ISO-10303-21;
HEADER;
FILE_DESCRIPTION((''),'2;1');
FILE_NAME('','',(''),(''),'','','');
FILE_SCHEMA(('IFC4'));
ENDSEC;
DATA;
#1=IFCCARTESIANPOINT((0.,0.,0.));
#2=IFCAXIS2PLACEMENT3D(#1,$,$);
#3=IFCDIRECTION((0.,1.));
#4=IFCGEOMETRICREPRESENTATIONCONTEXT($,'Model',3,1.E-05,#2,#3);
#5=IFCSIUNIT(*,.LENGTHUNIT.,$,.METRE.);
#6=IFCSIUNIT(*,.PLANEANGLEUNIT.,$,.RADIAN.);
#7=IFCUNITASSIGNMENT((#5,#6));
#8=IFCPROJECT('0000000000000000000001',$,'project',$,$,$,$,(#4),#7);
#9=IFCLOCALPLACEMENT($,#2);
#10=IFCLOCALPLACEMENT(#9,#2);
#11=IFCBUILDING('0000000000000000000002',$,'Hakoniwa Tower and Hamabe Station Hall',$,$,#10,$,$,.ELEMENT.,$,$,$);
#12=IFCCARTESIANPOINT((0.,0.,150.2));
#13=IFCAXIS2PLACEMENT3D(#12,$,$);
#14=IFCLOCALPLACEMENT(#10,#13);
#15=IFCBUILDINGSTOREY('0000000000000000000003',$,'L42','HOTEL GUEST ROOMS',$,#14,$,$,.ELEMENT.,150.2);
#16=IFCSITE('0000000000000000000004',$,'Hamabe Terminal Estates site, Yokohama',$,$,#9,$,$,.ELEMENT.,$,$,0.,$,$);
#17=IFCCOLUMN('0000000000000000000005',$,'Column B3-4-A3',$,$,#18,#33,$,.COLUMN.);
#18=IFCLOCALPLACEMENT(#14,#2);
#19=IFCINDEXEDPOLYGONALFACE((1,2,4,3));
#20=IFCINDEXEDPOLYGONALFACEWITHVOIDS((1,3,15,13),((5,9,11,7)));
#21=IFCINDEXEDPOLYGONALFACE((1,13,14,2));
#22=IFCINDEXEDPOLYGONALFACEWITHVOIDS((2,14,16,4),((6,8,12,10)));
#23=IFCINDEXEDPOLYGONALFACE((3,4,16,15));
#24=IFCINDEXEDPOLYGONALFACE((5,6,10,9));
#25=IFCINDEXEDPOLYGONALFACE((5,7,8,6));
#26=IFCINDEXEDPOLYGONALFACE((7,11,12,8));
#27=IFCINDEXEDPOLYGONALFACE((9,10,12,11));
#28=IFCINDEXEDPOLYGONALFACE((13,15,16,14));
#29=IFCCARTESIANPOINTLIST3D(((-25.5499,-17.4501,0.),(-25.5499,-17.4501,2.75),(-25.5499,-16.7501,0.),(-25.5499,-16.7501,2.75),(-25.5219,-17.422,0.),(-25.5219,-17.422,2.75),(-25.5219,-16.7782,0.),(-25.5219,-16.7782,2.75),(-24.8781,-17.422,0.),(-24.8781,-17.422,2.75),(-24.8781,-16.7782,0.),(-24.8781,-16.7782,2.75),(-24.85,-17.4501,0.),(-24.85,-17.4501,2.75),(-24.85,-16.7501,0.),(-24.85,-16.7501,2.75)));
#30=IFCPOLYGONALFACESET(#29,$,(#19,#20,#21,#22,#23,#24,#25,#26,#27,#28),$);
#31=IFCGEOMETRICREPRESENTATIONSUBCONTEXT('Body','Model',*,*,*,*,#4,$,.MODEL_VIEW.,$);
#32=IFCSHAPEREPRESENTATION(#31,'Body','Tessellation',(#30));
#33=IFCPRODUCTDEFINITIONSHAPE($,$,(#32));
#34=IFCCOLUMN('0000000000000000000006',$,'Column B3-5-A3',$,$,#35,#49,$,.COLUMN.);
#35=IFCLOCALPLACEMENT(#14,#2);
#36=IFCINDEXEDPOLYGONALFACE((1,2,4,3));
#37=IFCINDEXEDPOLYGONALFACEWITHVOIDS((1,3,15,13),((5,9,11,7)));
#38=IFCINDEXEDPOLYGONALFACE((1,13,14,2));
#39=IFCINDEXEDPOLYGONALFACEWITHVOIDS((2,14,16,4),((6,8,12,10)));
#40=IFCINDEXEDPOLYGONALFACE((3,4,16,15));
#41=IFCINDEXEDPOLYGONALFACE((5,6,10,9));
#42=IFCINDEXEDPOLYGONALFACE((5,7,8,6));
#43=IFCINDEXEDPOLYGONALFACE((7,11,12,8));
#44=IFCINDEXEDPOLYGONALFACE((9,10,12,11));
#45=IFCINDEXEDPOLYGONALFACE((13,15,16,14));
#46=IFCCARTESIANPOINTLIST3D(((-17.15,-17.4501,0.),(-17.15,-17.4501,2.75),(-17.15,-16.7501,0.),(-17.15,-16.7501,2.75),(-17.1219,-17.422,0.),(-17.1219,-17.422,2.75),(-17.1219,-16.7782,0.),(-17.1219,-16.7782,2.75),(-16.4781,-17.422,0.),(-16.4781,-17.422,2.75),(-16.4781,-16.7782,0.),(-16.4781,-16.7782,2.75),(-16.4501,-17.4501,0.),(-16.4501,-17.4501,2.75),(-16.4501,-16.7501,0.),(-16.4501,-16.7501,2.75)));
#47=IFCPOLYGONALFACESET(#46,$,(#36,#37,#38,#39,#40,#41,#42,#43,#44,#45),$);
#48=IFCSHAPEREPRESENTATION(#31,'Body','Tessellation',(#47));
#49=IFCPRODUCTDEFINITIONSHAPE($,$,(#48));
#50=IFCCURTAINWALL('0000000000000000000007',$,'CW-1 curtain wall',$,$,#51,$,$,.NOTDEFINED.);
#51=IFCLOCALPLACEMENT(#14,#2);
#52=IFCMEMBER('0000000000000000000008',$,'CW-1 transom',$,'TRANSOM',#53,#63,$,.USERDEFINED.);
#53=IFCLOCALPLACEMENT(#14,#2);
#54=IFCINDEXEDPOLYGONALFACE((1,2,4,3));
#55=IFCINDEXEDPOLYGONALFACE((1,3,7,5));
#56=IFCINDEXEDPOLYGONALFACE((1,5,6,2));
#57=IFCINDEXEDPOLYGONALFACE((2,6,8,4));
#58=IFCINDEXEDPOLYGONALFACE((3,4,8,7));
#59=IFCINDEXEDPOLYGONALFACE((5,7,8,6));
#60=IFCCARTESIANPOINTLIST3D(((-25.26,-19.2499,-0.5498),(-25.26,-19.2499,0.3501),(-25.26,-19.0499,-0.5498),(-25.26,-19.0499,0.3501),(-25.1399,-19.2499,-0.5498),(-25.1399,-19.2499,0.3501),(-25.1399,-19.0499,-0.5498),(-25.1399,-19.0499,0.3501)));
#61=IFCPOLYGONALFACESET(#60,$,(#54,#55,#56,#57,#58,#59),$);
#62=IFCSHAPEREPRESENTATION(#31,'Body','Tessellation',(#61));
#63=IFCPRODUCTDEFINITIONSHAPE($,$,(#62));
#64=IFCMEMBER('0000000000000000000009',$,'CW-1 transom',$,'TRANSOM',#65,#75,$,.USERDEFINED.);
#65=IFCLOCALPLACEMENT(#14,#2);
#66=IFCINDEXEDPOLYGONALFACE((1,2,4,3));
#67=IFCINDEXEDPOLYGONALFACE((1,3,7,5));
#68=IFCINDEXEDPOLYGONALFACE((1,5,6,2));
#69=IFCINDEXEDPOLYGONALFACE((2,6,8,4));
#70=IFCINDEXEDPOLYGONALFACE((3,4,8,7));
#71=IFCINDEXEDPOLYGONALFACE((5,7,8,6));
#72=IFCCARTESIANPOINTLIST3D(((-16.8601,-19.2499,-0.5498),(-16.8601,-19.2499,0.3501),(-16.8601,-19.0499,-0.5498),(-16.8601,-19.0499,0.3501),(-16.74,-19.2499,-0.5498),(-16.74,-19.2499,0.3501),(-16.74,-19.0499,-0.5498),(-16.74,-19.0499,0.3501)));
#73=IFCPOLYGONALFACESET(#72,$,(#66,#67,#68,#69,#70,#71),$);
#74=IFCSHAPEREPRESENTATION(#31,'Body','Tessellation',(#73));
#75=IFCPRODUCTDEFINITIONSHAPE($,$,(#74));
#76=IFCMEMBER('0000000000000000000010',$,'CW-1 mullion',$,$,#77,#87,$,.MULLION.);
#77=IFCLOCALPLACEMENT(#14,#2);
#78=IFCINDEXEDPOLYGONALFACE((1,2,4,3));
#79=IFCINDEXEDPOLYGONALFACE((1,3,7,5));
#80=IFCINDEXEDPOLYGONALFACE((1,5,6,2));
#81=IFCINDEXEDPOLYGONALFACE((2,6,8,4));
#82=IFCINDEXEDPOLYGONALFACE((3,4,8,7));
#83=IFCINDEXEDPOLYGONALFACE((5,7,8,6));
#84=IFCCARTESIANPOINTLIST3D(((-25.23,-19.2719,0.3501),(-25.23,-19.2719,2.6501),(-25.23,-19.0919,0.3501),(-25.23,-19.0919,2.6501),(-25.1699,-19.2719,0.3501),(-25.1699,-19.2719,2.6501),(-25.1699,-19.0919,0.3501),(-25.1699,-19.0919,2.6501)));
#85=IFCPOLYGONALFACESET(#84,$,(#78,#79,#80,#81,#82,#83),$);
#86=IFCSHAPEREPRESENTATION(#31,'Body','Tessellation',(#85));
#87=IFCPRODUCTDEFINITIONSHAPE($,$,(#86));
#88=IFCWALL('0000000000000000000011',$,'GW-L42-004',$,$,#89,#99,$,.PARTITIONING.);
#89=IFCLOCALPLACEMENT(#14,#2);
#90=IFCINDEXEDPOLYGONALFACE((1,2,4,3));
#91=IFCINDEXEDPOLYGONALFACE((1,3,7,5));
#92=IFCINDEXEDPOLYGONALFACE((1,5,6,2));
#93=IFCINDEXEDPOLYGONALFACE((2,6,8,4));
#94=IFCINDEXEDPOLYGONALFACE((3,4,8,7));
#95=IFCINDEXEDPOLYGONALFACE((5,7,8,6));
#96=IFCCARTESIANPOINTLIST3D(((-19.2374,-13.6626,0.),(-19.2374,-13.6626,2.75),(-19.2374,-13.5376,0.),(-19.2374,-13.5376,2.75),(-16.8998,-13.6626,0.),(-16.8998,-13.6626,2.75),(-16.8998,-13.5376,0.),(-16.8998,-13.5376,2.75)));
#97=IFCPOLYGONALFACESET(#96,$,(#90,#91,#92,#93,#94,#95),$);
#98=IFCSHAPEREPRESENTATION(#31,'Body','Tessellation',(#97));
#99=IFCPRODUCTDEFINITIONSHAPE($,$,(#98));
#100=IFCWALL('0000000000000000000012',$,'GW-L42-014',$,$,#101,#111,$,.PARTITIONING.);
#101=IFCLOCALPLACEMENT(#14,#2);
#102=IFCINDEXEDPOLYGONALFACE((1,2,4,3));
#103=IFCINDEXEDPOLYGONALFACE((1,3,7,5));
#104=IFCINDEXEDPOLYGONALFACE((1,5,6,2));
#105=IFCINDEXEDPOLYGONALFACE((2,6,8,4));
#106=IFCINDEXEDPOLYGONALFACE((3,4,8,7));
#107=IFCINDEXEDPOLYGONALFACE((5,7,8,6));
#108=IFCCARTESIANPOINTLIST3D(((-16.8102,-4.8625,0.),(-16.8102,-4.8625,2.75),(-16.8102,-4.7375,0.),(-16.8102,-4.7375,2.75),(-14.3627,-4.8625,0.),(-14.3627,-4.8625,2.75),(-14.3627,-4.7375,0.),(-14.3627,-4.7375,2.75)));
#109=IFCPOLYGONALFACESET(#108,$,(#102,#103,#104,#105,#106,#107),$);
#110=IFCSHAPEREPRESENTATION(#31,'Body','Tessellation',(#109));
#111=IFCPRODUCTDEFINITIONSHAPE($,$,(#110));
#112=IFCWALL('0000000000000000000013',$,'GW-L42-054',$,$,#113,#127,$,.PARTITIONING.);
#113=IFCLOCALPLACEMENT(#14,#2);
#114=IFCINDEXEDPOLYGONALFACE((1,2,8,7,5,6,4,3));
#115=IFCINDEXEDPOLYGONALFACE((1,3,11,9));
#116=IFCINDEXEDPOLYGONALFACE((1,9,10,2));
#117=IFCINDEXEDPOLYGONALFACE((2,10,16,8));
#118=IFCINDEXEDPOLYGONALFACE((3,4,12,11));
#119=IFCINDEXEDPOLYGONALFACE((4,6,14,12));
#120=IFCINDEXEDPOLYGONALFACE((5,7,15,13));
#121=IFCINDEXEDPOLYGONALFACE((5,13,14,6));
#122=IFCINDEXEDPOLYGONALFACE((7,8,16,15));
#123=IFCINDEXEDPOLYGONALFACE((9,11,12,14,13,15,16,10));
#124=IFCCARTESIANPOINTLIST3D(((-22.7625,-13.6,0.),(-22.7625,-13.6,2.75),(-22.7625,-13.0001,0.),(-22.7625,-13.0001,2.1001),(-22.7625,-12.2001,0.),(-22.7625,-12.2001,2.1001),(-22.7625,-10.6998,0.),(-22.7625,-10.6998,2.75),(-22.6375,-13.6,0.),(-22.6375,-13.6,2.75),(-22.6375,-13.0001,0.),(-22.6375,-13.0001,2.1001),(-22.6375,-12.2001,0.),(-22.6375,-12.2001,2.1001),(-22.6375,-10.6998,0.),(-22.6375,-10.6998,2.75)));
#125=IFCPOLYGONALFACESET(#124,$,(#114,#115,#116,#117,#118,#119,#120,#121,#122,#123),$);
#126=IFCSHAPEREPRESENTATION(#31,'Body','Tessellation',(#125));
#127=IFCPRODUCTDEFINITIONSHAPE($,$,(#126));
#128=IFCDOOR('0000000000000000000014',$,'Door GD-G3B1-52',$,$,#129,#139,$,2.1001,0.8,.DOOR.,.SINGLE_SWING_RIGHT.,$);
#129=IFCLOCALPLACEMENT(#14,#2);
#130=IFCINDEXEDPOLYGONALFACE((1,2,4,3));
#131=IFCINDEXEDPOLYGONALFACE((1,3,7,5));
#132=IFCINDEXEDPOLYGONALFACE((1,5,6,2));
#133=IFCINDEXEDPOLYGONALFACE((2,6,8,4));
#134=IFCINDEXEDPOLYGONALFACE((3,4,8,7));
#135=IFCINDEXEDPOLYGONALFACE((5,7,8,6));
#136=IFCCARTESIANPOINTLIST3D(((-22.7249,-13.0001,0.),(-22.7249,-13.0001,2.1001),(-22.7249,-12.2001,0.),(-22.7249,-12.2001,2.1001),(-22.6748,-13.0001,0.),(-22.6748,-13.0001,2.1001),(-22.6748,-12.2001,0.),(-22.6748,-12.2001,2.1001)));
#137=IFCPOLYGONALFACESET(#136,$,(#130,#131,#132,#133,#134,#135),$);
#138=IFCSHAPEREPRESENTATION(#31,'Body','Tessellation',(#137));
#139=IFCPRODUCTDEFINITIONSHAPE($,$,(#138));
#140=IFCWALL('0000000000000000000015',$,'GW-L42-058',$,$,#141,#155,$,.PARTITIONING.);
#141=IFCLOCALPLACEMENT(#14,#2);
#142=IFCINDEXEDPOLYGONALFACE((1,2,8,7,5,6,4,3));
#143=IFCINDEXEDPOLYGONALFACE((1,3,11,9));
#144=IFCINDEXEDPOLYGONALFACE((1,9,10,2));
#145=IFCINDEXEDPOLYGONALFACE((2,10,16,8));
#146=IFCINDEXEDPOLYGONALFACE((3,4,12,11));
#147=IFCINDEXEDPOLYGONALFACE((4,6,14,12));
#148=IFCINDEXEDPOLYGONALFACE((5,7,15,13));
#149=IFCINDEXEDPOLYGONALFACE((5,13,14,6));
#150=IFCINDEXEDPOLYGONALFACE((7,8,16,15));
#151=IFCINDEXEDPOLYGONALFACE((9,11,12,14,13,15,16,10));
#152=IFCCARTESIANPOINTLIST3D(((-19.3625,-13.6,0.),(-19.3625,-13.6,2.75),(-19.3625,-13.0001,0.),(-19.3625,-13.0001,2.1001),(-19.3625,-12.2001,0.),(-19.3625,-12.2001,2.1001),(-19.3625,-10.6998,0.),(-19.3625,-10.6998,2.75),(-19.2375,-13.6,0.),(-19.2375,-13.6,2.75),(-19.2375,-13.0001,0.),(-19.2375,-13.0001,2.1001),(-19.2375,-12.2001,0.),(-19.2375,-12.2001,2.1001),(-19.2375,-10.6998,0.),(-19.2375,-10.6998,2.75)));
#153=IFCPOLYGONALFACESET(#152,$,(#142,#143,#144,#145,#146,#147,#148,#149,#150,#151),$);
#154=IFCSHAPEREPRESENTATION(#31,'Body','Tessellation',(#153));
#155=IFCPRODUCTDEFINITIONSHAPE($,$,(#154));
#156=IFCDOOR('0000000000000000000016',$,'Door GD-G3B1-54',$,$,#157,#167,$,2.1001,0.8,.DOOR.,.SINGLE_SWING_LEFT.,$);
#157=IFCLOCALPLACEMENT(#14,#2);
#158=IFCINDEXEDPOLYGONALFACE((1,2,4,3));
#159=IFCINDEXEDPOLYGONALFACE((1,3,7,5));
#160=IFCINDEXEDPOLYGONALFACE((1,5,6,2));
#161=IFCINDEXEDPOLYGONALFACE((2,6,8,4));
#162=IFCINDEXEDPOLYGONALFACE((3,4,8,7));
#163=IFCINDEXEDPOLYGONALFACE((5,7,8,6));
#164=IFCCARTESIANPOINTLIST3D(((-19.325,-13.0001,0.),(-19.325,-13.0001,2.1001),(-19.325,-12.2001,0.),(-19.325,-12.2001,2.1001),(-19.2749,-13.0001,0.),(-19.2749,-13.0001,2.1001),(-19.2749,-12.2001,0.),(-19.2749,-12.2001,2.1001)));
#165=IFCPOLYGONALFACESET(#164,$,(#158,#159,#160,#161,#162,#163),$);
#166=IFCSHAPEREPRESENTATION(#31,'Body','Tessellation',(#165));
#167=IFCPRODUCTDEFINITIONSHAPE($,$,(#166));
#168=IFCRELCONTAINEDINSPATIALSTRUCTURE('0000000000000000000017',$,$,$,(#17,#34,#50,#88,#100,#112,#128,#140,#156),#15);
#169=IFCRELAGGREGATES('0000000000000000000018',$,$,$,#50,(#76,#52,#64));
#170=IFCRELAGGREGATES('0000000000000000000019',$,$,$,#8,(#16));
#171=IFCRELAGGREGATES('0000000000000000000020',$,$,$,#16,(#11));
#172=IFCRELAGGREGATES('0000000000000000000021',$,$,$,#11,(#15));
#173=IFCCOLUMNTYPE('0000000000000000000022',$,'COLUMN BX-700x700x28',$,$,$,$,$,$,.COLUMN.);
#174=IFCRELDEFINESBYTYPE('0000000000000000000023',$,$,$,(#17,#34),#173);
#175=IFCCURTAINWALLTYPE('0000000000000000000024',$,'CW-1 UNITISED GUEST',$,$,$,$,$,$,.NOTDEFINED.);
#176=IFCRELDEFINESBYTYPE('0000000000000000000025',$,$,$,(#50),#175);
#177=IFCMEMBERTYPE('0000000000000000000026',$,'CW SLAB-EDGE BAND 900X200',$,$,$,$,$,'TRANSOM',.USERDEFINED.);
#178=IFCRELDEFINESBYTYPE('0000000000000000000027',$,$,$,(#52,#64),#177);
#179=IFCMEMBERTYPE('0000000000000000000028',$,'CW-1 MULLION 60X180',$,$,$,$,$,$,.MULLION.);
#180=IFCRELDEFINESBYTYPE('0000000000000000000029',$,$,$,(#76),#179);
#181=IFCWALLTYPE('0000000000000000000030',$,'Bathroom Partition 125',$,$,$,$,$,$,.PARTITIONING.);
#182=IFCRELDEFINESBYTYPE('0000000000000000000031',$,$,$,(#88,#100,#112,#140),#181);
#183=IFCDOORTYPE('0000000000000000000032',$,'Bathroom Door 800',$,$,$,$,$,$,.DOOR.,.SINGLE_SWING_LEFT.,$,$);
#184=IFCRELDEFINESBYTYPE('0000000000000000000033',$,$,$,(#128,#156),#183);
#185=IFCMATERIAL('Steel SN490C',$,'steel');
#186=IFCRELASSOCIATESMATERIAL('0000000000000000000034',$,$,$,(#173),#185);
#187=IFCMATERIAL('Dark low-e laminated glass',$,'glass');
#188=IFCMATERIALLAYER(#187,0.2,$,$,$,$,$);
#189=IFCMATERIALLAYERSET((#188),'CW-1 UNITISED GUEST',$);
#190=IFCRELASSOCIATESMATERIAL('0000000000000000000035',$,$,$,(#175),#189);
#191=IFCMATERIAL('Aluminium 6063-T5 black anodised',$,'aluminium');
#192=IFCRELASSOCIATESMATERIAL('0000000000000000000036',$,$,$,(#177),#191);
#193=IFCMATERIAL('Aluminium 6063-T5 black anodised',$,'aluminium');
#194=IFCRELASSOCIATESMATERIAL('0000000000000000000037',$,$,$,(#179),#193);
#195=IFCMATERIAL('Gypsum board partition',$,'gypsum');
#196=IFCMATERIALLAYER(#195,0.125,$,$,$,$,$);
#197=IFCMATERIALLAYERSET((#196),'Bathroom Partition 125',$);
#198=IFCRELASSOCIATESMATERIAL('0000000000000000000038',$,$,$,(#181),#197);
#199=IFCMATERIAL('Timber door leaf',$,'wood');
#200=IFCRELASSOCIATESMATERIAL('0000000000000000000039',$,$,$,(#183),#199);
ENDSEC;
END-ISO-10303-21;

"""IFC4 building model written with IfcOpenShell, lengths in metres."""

from ifc_helpers import new_model, si_unit, direction, frame, frame_2d, origin, origin_2d, place, context, subcontext, project, spatial, rectangle, hollow_rectangle, extrude, material, layer, layer_set, material_profile, profile_set, type_object, element, fill, aggregate, save


model = new_model("IFC4")

# Units and contexts
model_context = context("Model", 3, precision=1e-05, world=origin(), true_north=direction((0.0, 1.0)))
body_context = subcontext(model_context, "Body", "Model", "MODEL_VIEW")
ifc_project = project(units=[si_unit("LENGTHUNIT", "METRE"), si_unit("PLANEANGLEUNIT", "RADIAN")], contexts=[model_context])

# Site, building, storey
site_placement = place(None, origin())
site = spatial("IfcSite", under=ifc_project, at=site_placement, Name="Hamabe Terminal Estates site, Yokohama", CompositionType="ELEMENT", RefElevation=0.0)
building_placement = place(site_placement, origin())
building = spatial("IfcBuilding", under=site, at=building_placement, Name="Hakoniwa Tower and Hamabe Station Hall", CompositionType="ELEMENT")
storey_placement = place(building_placement, frame((0.0, 0.0, 150.2)))
storey = spatial("IfcBuildingStorey", under=building, at=storey_placement, Name="L42", Description="HOTEL GUEST ROOMS", CompositionType="ELEMENT", Elevation=150.2)

# Columns
ifc_material_1 = material(Name="Steel SN490C", Category="steel")
ifc_material_profile_1 = material_profile(ifc_material_1, hollow_rectangle(XDim=0.7, YDim=0.7, WallThickness=0.0281, at=origin_2d()), Name="BX-700x700x28")
ifc_profile_set_1 = profile_set([ifc_material_profile_1], Name="Steel SN490C")
column_type = type_object("IfcColumnType", Name="COLUMN BX-700x700x28", PredefinedType="COLUMN", material=ifc_profile_set_1)
for number, where, z_axis, x_axis, name in (
    (1, (-25.2, -17.1001, 0.0), (0.0, 0.0, 1.0), (1.0, 0.0, 0.0), "Column B3-4-A3"),
    (2, (-16.8, -17.1001, 0.0), (0.0, 0.0, 1.0), (1.0, 0.0, 0.0), "Column B3-5-A3"),
):
    element("IfcColumn", number, at=place(storey_placement, frame(where, z_axis=z_axis, x_axis=x_axis)), inside=storey, type_object=column_type, Name=name, PredefinedType="COLUMN", context=body_context, shape_type="SweptSolid", body=[
        extrude(hollow_rectangle(XDim=0.7, YDim=0.7, WallThickness=0.0281, at=origin_2d()), origin(), (0.0, 0.0, 1.0), 2.75),
    ])

# Curtain wall, members
ifc_material_2 = material(Name="Dark low-e laminated glass", Category="glass")
ifc_layer_1 = layer(ifc_material_2, 0.2)
ifc_layer_set_1 = layer_set([ifc_layer_1], Name="CW-1 UNITISED GUEST")
curtain_wall_type = type_object("IfcCurtainWallType", Name="CW-1 UNITISED GUEST", PredefinedType="NOTDEFINED", material=ifc_layer_set_1)
curtain_wall_placement = place(storey_placement, origin())
curtain_wall = element("IfcCurtainWall", 3, at=curtain_wall_placement, inside=storey, type_object=curtain_wall_type, Name="CW-1 curtain wall", PredefinedType="NOTDEFINED")
ifc_material_3 = material(Name="Aluminium 6063-T5 black anodised", Category="aluminium")
ifc_material_profile_2 = material_profile(ifc_material_3, rectangle(XDim=0.2, YDim=0.8999, at=origin_2d()), Name="CW SLAB-EDGE BAND 900X200")
ifc_profile_set_2 = profile_set([ifc_material_profile_2], Name="Aluminium 6063-T5 black anodised")
member_type_1 = type_object("IfcMemberType", Name="CW SLAB-EDGE BAND 900X200", ElementType="TRANSOM", PredefinedType="USERDEFINED", material=ifc_profile_set_2)
member_1_placement = place(storey_placement, frame((-25.26, -19.1499, -0.0999), z_axis=(1.0, 0.0, 0.0), x_axis=(0.0, 1.0, 0.0)))
member_1 = element("IfcMember", 4, at=member_1_placement, type_object=member_type_1, Name="CW-1 transom", ObjectType="TRANSOM", PredefinedType="USERDEFINED", context=body_context, shape_type="SweptSolid", body=[
    extrude(rectangle(XDim=0.2, YDim=0.8999, at=origin_2d()), origin(), (0.0, 0.0, 1.0), 0.1201),
])
member_2_placement = place(storey_placement, frame((-16.8601, -19.1499, -0.0999), z_axis=(1.0, 0.0, 0.0), x_axis=(0.0, 1.0, 0.0)))
member_2 = element("IfcMember", 5, at=member_2_placement, type_object=member_type_1, Name="CW-1 transom", ObjectType="TRANSOM", PredefinedType="USERDEFINED", context=body_context, shape_type="SweptSolid", body=[
    extrude(rectangle(XDim=0.2, YDim=0.8999, at=origin_2d()), origin(), (0.0, 0.0, 1.0), 0.1201),
])
ifc_material_4 = material(Name="Aluminium 6063-T5 black anodised", Category="aluminium")
ifc_material_profile_3 = material_profile(ifc_material_4, rectangle(XDim=0.0601, YDim=0.1799, at=origin_2d()), Name="CW-1 MULLION 60X180")
ifc_profile_set_3 = profile_set([ifc_material_profile_3], Name="Aluminium 6063-T5 black anodised")
member_type_2 = type_object("IfcMemberType", Name="CW-1 MULLION 60X180", PredefinedType="MULLION", material=ifc_profile_set_3)
member_3_placement = place(storey_placement, frame((-25.2, -19.1819, 0.3501), z_axis=(0.0, 0.0, 1.0), x_axis=(1.0, 0.0, 0.0)))
member_3 = element("IfcMember", 6, at=member_3_placement, type_object=member_type_2, Name="CW-1 mullion", PredefinedType="MULLION", context=body_context, shape_type="SweptSolid", body=[
    extrude(rectangle(XDim=0.0601, YDim=0.1799, at=origin_2d()), origin(), (0.0, 0.0, 1.0), 2.3),
])

# Walls
ifc_material_5 = material(Name="Gypsum board partition", Category="gypsum")
ifc_layer_2 = layer(ifc_material_5, 0.125)
ifc_layer_set_2 = layer_set([ifc_layer_2], Name="Bathroom Partition 125")
wall_type_1 = type_object("IfcWallType", Name="Bathroom Partition 125", PredefinedType="PARTITIONING", material=ifc_layer_set_2)
wall_1_placement = place(storey_placement, frame((-19.2375, -13.6001, 0.0), z_axis=(0.0, 0.0, 1.0), x_axis=(1.0, 0.0, 0.0)))
element("IfcWall", 7, at=wall_1_placement, inside=storey, type_object=wall_type_1, Name="GW-L42-004", PredefinedType="PARTITIONING", context=body_context, shape_type="SweptSolid", body=[
    extrude(rectangle(XDim=2.3376, YDim=0.125, at=frame_2d((1.1689, 0.0))), origin(), (0.0, 0.0, 1.0), 2.75),
])
wall_2_placement = place(storey_placement, frame((-16.8101, -4.8, 0.0), z_axis=(0.0, 0.0, 1.0), x_axis=(1.0, 0.0, 0.0)))
element("IfcWall", 8, at=wall_2_placement, inside=storey, type_object=wall_type_1, Name="GW-L42-014", PredefinedType="PARTITIONING", context=body_context, shape_type="SweptSolid", body=[
    extrude(rectangle(XDim=2.4475, YDim=0.125, at=frame_2d((1.2236, 0.0))), origin(), (0.0, 0.0, 1.0), 2.75),
])

# Walls, openings, doors
wall_3_placement = place(storey_placement, frame((-22.7, -13.6001, 0.0), z_axis=(0.0, 0.0, 1.0), x_axis=(0.0, 1.0, 0.0)))
wall_3 = element("IfcWall", 9, at=wall_3_placement, inside=storey, type_object=wall_type_1, Name="GW-L42-054", PredefinedType="PARTITIONING", context=body_context, shape_type="SweptSolid", body=[
    extrude(rectangle(XDim=2.9001, YDim=0.125, at=frame_2d((1.4502, 0.0))), origin(), (0.0, 0.0, 1.0), 2.75),
])
opening_1_placement = place(wall_3_placement, frame((0.6001, 0.0, 0.0)))
opening_1 = element("IfcOpeningElement", 10, at=opening_1_placement, cuts=wall_3, PredefinedType="OPENING", context=body_context, shape_type="SweptSolid", body=[
    extrude(rectangle(XDim=0.8, YDim=2.1001, at=frame_2d((0.3999, 1.05))), frame((0.0, 0.0725, 0.0), z_axis=(0.0, -1.0, 0.0), x_axis=(1.0, 0.0, 0.0)), (0.0, 0.0, 1.0), 0.145),
])
ifc_material_6 = material(Name="Timber door leaf", Category="wood")
door_type_1 = type_object("IfcDoorType", Name="Bathroom Door 800", OperationType="SINGLE_SWING_LEFT", PredefinedType="DOOR", material=ifc_material_6)
door_1_placement = place(opening_1_placement, origin())
door_1 = element("IfcDoor", 11, at=door_1_placement, inside=storey, type_object=door_type_1, Name="Door GD-G3B1-52", OperationType="SINGLE_SWING_RIGHT", OverallHeight=2.1001, OverallWidth=0.8, PredefinedType="DOOR", context=body_context, shape_type="SweptSolid", body=[
    extrude(rectangle(XDim=0.8, YDim=2.1001, at=frame_2d((0.3999, 1.05))), frame((0.0, 0.0249, 0.0), z_axis=(0.0, -1.0, 0.0), x_axis=(1.0, 0.0, 0.0)), (0.0, 0.0, 1.0), 0.05),
])
fill(opening_1, door_1)
wall_4_placement = place(storey_placement, frame((-19.3, -13.6001, 0.0), z_axis=(0.0, 0.0, 1.0), x_axis=(0.0, 1.0, 0.0)))
wall_4 = element("IfcWall", 12, at=wall_4_placement, inside=storey, type_object=wall_type_1, Name="GW-L42-058", PredefinedType="PARTITIONING", context=body_context, shape_type="SweptSolid", body=[
    extrude(rectangle(XDim=2.9001, YDim=0.125, at=frame_2d((1.4502, 0.0))), origin(), (0.0, 0.0, 1.0), 2.75),
])
opening_2_placement = place(wall_4_placement, frame((0.6001, 0.0, 0.0)))
opening_2 = element("IfcOpeningElement", 13, at=opening_2_placement, cuts=wall_4, PredefinedType="OPENING", context=body_context, shape_type="SweptSolid", body=[
    extrude(rectangle(XDim=0.8, YDim=2.1001, at=frame_2d((0.3999, 1.05))), frame((0.0, 0.0725, 0.0), z_axis=(0.0, -1.0, 0.0), x_axis=(1.0, 0.0, 0.0)), (0.0, 0.0, 1.0), 0.145),
])
door_2_placement = place(opening_2_placement, origin())
door_2 = element("IfcDoor", 14, at=door_2_placement, inside=storey, type_object=door_type_1, Name="Door GD-G3B1-54", OperationType="SINGLE_SWING_LEFT", OverallHeight=2.1001, OverallWidth=0.8, PredefinedType="DOOR", context=body_context, shape_type="SweptSolid", body=[
    extrude(rectangle(XDim=0.8, YDim=2.1001, at=frame_2d((0.3999, 1.05))), frame((0.0, 0.0249, 0.0), z_axis=(0.0, -1.0, 0.0), x_axis=(1.0, 0.0, 0.0)), (0.0, 0.0, 1.0), 0.05),
])
fill(opening_2, door_2)
aggregate(curtain_wall, [member_3, member_1, member_2])

save(model, "model.ifc")
